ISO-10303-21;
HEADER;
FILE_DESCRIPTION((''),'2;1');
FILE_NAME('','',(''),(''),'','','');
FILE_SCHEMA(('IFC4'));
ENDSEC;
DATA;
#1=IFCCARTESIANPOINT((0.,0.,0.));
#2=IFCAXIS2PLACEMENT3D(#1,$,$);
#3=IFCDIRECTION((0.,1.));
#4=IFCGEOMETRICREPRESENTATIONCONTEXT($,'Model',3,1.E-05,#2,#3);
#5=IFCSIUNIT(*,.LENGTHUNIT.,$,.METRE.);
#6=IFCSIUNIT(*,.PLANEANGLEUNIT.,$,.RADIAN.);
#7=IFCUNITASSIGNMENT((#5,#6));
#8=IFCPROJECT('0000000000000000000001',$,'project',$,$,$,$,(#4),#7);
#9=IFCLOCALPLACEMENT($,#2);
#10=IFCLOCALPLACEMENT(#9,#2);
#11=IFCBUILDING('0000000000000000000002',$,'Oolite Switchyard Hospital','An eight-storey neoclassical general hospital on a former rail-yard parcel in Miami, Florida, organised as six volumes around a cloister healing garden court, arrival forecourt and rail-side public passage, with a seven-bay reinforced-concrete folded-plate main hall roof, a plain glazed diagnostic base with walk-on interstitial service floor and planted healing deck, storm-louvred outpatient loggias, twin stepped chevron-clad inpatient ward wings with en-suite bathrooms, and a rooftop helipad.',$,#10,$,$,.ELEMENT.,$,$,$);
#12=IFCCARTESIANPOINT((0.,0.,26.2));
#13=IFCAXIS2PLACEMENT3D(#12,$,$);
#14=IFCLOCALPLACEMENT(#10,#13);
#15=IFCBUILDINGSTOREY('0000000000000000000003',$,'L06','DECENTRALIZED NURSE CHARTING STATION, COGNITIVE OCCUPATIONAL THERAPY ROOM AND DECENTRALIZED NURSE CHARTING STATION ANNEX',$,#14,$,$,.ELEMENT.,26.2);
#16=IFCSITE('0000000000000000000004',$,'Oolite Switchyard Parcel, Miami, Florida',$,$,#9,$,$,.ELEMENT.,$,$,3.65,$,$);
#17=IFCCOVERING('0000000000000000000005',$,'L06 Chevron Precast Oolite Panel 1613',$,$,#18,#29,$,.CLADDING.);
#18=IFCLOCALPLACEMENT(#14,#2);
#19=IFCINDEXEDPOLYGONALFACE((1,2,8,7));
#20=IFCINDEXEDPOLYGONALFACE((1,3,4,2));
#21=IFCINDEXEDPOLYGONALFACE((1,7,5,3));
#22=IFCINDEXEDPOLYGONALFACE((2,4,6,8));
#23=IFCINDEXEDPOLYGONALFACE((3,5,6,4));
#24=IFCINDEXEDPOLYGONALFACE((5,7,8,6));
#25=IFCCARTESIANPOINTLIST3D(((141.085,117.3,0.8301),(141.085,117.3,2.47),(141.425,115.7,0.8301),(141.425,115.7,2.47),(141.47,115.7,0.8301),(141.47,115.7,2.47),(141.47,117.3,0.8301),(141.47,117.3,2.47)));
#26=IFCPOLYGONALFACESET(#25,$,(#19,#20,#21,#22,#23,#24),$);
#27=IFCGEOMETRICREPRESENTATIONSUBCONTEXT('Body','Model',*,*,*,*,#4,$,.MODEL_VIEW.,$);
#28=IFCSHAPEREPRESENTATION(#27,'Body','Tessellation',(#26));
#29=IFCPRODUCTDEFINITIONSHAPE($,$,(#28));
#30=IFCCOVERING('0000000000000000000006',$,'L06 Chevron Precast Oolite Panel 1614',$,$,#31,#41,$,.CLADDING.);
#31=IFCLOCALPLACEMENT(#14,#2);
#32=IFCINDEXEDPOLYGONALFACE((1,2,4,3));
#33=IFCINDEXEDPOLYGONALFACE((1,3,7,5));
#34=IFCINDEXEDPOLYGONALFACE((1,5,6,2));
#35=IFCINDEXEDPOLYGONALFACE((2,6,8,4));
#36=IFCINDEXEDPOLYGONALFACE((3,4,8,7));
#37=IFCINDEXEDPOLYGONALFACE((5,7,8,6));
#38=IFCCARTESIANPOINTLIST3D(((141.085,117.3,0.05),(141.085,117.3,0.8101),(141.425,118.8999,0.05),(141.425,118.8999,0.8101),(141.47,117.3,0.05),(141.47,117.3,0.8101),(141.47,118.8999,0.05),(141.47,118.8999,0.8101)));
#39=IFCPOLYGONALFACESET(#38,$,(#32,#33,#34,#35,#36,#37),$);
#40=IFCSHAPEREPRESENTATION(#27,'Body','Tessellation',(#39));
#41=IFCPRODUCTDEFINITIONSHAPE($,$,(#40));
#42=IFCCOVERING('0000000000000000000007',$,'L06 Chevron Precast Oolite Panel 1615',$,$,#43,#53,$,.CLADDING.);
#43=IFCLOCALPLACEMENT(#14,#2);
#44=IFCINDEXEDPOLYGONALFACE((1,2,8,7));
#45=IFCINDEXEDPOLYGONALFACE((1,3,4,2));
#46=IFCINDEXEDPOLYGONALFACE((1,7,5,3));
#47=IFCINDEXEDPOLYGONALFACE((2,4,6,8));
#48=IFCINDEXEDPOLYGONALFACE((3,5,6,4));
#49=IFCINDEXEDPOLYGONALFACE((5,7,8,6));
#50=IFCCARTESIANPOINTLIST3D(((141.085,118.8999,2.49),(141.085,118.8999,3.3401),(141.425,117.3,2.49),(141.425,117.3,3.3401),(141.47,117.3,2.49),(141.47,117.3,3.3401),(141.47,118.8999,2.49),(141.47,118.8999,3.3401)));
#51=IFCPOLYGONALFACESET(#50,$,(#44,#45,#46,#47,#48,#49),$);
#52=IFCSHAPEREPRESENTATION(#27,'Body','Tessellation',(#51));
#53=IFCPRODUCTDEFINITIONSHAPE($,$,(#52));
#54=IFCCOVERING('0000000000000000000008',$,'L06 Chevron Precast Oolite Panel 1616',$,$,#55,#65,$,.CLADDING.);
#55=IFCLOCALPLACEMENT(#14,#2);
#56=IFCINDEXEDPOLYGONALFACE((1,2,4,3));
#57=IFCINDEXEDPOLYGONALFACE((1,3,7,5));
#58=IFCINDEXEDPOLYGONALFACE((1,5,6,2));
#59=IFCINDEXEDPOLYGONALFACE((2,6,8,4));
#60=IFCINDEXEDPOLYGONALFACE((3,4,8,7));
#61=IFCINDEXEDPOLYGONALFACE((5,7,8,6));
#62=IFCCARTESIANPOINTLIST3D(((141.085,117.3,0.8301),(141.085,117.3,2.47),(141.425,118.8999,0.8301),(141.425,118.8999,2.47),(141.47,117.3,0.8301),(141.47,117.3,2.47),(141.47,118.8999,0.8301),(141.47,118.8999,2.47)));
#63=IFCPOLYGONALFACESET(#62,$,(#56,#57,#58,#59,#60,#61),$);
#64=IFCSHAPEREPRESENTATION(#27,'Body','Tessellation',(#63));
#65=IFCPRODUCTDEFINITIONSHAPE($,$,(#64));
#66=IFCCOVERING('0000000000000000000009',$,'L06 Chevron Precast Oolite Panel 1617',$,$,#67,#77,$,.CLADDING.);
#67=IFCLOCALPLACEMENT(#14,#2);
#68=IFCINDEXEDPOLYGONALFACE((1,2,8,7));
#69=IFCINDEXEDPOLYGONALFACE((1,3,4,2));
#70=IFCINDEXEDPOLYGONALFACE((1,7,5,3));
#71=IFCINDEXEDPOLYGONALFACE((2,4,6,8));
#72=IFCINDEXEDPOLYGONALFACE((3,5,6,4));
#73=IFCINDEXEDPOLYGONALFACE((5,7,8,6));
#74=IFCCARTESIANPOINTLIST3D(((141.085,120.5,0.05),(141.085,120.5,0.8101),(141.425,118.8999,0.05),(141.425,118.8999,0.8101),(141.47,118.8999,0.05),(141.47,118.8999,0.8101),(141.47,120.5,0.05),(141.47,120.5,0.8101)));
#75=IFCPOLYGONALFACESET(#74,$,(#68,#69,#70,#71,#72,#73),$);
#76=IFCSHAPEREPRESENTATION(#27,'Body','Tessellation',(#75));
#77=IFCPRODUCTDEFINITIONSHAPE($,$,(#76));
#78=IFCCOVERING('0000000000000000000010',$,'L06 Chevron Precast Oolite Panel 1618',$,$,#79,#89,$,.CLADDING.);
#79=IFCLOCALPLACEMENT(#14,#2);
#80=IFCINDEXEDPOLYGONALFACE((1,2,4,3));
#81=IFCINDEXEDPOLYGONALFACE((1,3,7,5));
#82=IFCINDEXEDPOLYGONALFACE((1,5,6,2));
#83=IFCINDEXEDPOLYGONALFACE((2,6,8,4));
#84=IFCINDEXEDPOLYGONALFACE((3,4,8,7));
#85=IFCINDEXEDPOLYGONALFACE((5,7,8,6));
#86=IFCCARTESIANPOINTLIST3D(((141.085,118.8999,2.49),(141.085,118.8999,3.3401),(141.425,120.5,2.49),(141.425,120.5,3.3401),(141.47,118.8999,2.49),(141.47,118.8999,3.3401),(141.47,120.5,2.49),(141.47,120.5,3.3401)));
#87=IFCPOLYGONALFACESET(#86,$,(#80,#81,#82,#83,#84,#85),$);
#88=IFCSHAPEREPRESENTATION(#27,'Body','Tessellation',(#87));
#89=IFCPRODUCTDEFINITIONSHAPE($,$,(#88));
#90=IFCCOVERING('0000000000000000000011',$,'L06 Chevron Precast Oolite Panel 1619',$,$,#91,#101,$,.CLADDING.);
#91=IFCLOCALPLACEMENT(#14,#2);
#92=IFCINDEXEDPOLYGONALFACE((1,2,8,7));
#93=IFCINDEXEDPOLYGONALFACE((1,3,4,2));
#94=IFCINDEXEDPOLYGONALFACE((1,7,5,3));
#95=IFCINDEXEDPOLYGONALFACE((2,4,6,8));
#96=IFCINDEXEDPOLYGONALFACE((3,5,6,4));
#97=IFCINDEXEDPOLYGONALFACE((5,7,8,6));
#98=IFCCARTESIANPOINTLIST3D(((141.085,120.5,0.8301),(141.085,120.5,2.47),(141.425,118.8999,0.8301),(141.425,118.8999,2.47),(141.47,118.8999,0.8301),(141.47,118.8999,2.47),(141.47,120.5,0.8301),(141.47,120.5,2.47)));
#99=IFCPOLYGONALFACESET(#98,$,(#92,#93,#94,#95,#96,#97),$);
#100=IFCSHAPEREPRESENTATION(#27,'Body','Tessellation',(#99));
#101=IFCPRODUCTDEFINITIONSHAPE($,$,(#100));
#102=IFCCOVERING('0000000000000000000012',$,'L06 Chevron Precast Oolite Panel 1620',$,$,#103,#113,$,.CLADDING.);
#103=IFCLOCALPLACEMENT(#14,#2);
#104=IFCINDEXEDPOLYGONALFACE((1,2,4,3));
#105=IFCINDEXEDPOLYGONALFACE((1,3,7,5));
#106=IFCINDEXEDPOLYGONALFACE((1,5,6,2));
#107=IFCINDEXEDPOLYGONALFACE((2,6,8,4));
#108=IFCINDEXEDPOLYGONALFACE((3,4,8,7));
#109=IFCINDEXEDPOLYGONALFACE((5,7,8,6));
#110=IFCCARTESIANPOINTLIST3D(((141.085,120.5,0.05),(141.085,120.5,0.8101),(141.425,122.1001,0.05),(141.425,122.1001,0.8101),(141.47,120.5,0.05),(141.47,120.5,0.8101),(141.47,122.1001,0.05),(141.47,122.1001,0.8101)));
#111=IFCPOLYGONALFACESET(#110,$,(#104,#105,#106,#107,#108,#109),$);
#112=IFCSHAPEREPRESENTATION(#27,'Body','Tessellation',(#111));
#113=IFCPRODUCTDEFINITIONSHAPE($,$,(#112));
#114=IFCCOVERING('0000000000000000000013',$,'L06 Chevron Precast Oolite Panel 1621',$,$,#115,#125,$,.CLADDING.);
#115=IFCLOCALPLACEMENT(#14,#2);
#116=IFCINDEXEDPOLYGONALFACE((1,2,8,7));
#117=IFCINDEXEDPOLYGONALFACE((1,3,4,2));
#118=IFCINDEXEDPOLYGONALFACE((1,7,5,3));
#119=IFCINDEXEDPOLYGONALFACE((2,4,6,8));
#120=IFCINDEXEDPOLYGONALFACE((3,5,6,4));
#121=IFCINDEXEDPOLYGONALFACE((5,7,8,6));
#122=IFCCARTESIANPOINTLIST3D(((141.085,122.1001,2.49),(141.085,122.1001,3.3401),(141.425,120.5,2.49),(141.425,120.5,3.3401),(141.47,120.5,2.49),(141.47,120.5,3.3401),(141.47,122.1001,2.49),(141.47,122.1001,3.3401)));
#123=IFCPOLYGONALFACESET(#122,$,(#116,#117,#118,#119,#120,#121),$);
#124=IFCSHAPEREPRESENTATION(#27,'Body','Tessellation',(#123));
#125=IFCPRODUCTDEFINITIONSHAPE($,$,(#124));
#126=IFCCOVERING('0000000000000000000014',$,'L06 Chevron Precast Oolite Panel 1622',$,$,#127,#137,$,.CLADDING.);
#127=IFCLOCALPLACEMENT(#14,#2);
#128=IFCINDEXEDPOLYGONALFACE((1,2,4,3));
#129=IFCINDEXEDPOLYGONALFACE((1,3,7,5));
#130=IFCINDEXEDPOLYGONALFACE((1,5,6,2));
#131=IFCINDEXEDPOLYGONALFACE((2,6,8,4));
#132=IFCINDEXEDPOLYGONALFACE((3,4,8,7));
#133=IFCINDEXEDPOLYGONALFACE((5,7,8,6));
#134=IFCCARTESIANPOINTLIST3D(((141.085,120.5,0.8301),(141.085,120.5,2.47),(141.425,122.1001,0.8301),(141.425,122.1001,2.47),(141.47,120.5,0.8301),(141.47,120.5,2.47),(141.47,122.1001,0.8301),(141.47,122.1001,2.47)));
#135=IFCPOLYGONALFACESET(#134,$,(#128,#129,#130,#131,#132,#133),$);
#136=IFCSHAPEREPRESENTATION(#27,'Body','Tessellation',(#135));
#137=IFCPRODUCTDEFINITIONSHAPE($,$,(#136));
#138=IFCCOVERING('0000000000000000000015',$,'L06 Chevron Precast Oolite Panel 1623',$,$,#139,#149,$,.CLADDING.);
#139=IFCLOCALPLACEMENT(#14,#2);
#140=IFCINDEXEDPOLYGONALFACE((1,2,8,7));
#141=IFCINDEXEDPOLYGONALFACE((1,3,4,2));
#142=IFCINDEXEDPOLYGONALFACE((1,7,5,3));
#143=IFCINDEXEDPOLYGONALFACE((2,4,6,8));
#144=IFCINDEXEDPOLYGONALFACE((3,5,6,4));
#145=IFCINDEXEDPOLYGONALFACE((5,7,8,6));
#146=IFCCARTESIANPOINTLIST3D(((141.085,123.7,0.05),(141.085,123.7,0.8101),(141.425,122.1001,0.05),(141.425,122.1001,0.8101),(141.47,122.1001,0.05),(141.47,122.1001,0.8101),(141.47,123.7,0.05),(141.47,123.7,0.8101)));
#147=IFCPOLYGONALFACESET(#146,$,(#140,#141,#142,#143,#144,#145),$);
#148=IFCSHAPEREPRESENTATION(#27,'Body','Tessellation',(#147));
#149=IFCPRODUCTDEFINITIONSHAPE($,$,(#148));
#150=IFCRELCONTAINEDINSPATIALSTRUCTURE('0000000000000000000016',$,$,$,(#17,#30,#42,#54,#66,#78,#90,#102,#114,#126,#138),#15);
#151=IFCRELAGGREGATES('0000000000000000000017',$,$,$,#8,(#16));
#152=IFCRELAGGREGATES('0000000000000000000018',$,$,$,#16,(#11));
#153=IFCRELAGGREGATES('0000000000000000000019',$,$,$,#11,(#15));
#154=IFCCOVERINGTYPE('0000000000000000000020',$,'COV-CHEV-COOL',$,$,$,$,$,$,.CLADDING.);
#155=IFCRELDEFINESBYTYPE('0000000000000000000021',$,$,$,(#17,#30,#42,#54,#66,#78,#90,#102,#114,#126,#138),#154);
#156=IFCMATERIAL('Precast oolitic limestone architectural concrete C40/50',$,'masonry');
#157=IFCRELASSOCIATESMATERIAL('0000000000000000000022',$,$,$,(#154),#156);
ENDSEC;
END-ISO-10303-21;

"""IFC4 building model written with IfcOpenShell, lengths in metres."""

from ifc_helpers import new_model, si_unit, direction, frame, origin, place, context, subcontext, project, spatial, polyline, outline, extrude, material, type_object, element, save


model = new_model("IFC4")

# Units and contexts
model_context = context("Model", 3, precision=1e-05, world=origin(), true_north=direction((0.0, 1.0)))
body_context = subcontext(model_context, "Body", "Model", "MODEL_VIEW")
ifc_project = project(units=[si_unit("LENGTHUNIT", "METRE"), si_unit("PLANEANGLEUNIT", "RADIAN")], contexts=[model_context])

# Site, building, storey
site_placement = place(None, origin())
site = spatial("IfcSite", under=ifc_project, at=site_placement, Name="Oolite Switchyard Parcel, Miami, Florida", CompositionType="ELEMENT", RefElevation=3.65)
building_placement = place(site_placement, origin())
building = spatial("IfcBuilding", under=site, at=building_placement, Name="Oolite Switchyard Hospital", Description="An eight-storey neoclassical general hospital on a former rail-yard parcel in Miami, Florida, organised as six volumes around a cloister healing garden court, arrival forecourt and rail-side public passage, with a seven-bay reinforced-concrete folded-plate main hall roof, a plain glazed diagnostic base with walk-on interstitial service floor and planted healing deck, storm-louvred outpatient loggias, twin stepped chevron-clad inpatient ward wings with en-suite bathrooms, and a rooftop helipad.", CompositionType="ELEMENT")
storey_placement = place(building_placement, frame((0.0, 0.0, 26.2)))
storey = spatial("IfcBuildingStorey", under=building, at=storey_placement, Name="L06", Description="DECENTRALIZED NURSE CHARTING STATION, COGNITIVE OCCUPATIONAL THERAPY ROOM AND DECENTRALIZED NURSE CHARTING STATION ANNEX", CompositionType="ELEMENT", Elevation=26.2)

# Coverings
ifc_material_1 = material(Name="Precast oolitic limestone architectural concrete C40/50", Category="masonry")
covering_type = type_object("IfcCoveringType", Name="COV-CHEV-COOL", PredefinedType="CLADDING", material=ifc_material_1)
covering_1_placement = place(storey_placement, frame((141.47, 115.7, 0.8301), z_axis=(0.0, 0.0, 1.0), x_axis=(0.0, 1.0, 0.0)))
element("IfcCovering", 1, at=covering_1_placement, inside=storey, type_object=covering_type, Name="L06 Chevron Precast Oolite Panel 1613", PredefinedType="CLADDING", context=body_context, shape_type="SweptSolid", body=[
    extrude(outline(polyline([(0.0, 0.0), (1.6001, 0.0), (1.6001, 0.385), (0.0, 0.0449), (0.0, 0.0)])), origin(), (0.0, 0.0, 1.0), 1.6399),
])
covering_2_placement = place(storey_placement, frame((141.47, 117.3, 0.05), z_axis=(0.0, 0.0, 1.0), x_axis=(0.0, 1.0, 0.0)))
element("IfcCovering", 2, at=covering_2_placement, inside=storey, type_object=covering_type, Name="L06 Chevron Precast Oolite Panel 1614", PredefinedType="CLADDING", context=body_context, shape_type="SweptSolid", body=[
    extrude(outline(polyline([(0.0, 0.0), (1.5999, 0.0), (1.5999, 0.0449), (0.0, 0.385), (0.0, 0.0)])), origin(), (0.0, 0.0, 1.0), 0.76),
])
covering_3_placement = place(storey_placement, frame((141.47, 117.3, 2.49), z_axis=(0.0, 0.0, 1.0), x_axis=(0.0, 1.0, 0.0)))
element("IfcCovering", 3, at=covering_3_placement, inside=storey, type_object=covering_type, Name="L06 Chevron Precast Oolite Panel 1615", PredefinedType="CLADDING", context=body_context, shape_type="SweptSolid", body=[
    extrude(outline(polyline([(0.0, 0.0), (1.5999, 0.0), (1.5999, 0.385), (0.0, 0.0449), (0.0, 0.0)])), origin(), (0.0, 0.0, 1.0), 0.8501),
])
covering_4_placement = place(storey_placement, frame((141.47, 117.3, 0.8301), z_axis=(0.0, 0.0, 1.0), x_axis=(0.0, 1.0, 0.0)))
element("IfcCovering", 4, at=covering_4_placement, inside=storey, type_object=covering_type, Name="L06 Chevron Precast Oolite Panel 1616", PredefinedType="CLADDING", context=body_context, shape_type="SweptSolid", body=[
    extrude(outline(polyline([(0.0, 0.0), (1.5999, 0.0), (1.5999, 0.0449), (0.0, 0.385), (0.0, 0.0)])), origin(), (0.0, 0.0, 1.0), 1.6399),
])
covering_5_placement = place(storey_placement, frame((141.47, 118.8999, 0.05), z_axis=(0.0, 0.0, 1.0), x_axis=(0.0, 1.0, 0.0)))
element("IfcCovering", 5, at=covering_5_placement, inside=storey, type_object=covering_type, Name="L06 Chevron Precast Oolite Panel 1617", PredefinedType="CLADDING", context=body_context, shape_type="SweptSolid", body=[
    extrude(outline(polyline([(0.0, 0.0), (1.6001, 0.0), (1.6001, 0.385), (0.0, 0.0449), (0.0, 0.0)])), origin(), (0.0, 0.0, 1.0), 0.76),
])
covering_6_placement = place(storey_placement, frame((141.47, 118.8999, 2.49), z_axis=(0.0, 0.0, 1.0), x_axis=(0.0, 1.0, 0.0)))
element("IfcCovering", 6, at=covering_6_placement, inside=storey, type_object=covering_type, Name="L06 Chevron Precast Oolite Panel 1618", PredefinedType="CLADDING", context=body_context, shape_type="SweptSolid", body=[
    extrude(outline(polyline([(0.0, 0.0), (1.6001, 0.0), (1.6001, 0.0449), (0.0, 0.385), (0.0, 0.0)])), origin(), (0.0, 0.0, 1.0), 0.8501),
])
covering_7_placement = place(storey_placement, frame((141.47, 118.8999, 0.8301), z_axis=(0.0, 0.0, 1.0), x_axis=(0.0, 1.0, 0.0)))
element("IfcCovering", 7, at=covering_7_placement, inside=storey, type_object=covering_type, Name="L06 Chevron Precast Oolite Panel 1619", PredefinedType="CLADDING", context=body_context, shape_type="SweptSolid", body=[
    extrude(outline(polyline([(0.0, 0.0), (1.6001, 0.0), (1.6001, 0.385), (0.0, 0.0449), (0.0, 0.0)])), origin(), (0.0, 0.0, 1.0), 1.6399),
])
covering_8_placement = place(storey_placement, frame((141.47, 120.5, 0.05), z_axis=(0.0, 0.0, 1.0), x_axis=(0.0, 1.0, 0.0)))
element("IfcCovering", 8, at=covering_8_placement, inside=storey, type_object=covering_type, Name="L06 Chevron Precast Oolite Panel 1620", PredefinedType="CLADDING", context=body_context, shape_type="SweptSolid", body=[
    extrude(outline(polyline([(0.0, 0.0), (1.6001, 0.0), (1.6001, 0.0449), (0.0, 0.385), (0.0, 0.0)])), origin(), (0.0, 0.0, 1.0), 0.76),
])
covering_9_placement = place(storey_placement, frame((141.47, 120.5, 2.49), z_axis=(0.0, 0.0, 1.0), x_axis=(0.0, 1.0, 0.0)))
element("IfcCovering", 9, at=covering_9_placement, inside=storey, type_object=covering_type, Name="L06 Chevron Precast Oolite Panel 1621", PredefinedType="CLADDING", context=body_context, shape_type="SweptSolid", body=[
    extrude(outline(polyline([(0.0, 0.0), (1.6001, 0.0), (1.6001, 0.385), (0.0, 0.0449), (0.0, 0.0)])), origin(), (0.0, 0.0, 1.0), 0.8501),
])
covering_10_placement = place(storey_placement, frame((141.47, 120.5, 0.8301), z_axis=(0.0, 0.0, 1.0), x_axis=(0.0, 1.0, 0.0)))
element("IfcCovering", 10, at=covering_10_placement, inside=storey, type_object=covering_type, Name="L06 Chevron Precast Oolite Panel 1622", PredefinedType="CLADDING", context=body_context, shape_type="SweptSolid", body=[
    extrude(outline(polyline([(0.0, 0.0), (1.6001, 0.0), (1.6001, 0.0449), (0.0, 0.385), (0.0, 0.0)])), origin(), (0.0, 0.0, 1.0), 1.6399),
])
covering_11_placement = place(storey_placement, frame((141.47, 122.1001, 0.05), z_axis=(0.0, 0.0, 1.0), x_axis=(0.0, 1.0, 0.0)))
element("IfcCovering", 11, at=covering_11_placement, inside=storey, type_object=covering_type, Name="L06 Chevron Precast Oolite Panel 1623", PredefinedType="CLADDING", context=body_context, shape_type="SweptSolid", body=[
    extrude(outline(polyline([(0.0, 0.0), (1.5999, 0.0), (1.5999, 0.385), (0.0, 0.0449), (0.0, 0.0)])), origin(), (0.0, 0.0, 1.0), 0.76),
])

save(model, "model.ifc")
